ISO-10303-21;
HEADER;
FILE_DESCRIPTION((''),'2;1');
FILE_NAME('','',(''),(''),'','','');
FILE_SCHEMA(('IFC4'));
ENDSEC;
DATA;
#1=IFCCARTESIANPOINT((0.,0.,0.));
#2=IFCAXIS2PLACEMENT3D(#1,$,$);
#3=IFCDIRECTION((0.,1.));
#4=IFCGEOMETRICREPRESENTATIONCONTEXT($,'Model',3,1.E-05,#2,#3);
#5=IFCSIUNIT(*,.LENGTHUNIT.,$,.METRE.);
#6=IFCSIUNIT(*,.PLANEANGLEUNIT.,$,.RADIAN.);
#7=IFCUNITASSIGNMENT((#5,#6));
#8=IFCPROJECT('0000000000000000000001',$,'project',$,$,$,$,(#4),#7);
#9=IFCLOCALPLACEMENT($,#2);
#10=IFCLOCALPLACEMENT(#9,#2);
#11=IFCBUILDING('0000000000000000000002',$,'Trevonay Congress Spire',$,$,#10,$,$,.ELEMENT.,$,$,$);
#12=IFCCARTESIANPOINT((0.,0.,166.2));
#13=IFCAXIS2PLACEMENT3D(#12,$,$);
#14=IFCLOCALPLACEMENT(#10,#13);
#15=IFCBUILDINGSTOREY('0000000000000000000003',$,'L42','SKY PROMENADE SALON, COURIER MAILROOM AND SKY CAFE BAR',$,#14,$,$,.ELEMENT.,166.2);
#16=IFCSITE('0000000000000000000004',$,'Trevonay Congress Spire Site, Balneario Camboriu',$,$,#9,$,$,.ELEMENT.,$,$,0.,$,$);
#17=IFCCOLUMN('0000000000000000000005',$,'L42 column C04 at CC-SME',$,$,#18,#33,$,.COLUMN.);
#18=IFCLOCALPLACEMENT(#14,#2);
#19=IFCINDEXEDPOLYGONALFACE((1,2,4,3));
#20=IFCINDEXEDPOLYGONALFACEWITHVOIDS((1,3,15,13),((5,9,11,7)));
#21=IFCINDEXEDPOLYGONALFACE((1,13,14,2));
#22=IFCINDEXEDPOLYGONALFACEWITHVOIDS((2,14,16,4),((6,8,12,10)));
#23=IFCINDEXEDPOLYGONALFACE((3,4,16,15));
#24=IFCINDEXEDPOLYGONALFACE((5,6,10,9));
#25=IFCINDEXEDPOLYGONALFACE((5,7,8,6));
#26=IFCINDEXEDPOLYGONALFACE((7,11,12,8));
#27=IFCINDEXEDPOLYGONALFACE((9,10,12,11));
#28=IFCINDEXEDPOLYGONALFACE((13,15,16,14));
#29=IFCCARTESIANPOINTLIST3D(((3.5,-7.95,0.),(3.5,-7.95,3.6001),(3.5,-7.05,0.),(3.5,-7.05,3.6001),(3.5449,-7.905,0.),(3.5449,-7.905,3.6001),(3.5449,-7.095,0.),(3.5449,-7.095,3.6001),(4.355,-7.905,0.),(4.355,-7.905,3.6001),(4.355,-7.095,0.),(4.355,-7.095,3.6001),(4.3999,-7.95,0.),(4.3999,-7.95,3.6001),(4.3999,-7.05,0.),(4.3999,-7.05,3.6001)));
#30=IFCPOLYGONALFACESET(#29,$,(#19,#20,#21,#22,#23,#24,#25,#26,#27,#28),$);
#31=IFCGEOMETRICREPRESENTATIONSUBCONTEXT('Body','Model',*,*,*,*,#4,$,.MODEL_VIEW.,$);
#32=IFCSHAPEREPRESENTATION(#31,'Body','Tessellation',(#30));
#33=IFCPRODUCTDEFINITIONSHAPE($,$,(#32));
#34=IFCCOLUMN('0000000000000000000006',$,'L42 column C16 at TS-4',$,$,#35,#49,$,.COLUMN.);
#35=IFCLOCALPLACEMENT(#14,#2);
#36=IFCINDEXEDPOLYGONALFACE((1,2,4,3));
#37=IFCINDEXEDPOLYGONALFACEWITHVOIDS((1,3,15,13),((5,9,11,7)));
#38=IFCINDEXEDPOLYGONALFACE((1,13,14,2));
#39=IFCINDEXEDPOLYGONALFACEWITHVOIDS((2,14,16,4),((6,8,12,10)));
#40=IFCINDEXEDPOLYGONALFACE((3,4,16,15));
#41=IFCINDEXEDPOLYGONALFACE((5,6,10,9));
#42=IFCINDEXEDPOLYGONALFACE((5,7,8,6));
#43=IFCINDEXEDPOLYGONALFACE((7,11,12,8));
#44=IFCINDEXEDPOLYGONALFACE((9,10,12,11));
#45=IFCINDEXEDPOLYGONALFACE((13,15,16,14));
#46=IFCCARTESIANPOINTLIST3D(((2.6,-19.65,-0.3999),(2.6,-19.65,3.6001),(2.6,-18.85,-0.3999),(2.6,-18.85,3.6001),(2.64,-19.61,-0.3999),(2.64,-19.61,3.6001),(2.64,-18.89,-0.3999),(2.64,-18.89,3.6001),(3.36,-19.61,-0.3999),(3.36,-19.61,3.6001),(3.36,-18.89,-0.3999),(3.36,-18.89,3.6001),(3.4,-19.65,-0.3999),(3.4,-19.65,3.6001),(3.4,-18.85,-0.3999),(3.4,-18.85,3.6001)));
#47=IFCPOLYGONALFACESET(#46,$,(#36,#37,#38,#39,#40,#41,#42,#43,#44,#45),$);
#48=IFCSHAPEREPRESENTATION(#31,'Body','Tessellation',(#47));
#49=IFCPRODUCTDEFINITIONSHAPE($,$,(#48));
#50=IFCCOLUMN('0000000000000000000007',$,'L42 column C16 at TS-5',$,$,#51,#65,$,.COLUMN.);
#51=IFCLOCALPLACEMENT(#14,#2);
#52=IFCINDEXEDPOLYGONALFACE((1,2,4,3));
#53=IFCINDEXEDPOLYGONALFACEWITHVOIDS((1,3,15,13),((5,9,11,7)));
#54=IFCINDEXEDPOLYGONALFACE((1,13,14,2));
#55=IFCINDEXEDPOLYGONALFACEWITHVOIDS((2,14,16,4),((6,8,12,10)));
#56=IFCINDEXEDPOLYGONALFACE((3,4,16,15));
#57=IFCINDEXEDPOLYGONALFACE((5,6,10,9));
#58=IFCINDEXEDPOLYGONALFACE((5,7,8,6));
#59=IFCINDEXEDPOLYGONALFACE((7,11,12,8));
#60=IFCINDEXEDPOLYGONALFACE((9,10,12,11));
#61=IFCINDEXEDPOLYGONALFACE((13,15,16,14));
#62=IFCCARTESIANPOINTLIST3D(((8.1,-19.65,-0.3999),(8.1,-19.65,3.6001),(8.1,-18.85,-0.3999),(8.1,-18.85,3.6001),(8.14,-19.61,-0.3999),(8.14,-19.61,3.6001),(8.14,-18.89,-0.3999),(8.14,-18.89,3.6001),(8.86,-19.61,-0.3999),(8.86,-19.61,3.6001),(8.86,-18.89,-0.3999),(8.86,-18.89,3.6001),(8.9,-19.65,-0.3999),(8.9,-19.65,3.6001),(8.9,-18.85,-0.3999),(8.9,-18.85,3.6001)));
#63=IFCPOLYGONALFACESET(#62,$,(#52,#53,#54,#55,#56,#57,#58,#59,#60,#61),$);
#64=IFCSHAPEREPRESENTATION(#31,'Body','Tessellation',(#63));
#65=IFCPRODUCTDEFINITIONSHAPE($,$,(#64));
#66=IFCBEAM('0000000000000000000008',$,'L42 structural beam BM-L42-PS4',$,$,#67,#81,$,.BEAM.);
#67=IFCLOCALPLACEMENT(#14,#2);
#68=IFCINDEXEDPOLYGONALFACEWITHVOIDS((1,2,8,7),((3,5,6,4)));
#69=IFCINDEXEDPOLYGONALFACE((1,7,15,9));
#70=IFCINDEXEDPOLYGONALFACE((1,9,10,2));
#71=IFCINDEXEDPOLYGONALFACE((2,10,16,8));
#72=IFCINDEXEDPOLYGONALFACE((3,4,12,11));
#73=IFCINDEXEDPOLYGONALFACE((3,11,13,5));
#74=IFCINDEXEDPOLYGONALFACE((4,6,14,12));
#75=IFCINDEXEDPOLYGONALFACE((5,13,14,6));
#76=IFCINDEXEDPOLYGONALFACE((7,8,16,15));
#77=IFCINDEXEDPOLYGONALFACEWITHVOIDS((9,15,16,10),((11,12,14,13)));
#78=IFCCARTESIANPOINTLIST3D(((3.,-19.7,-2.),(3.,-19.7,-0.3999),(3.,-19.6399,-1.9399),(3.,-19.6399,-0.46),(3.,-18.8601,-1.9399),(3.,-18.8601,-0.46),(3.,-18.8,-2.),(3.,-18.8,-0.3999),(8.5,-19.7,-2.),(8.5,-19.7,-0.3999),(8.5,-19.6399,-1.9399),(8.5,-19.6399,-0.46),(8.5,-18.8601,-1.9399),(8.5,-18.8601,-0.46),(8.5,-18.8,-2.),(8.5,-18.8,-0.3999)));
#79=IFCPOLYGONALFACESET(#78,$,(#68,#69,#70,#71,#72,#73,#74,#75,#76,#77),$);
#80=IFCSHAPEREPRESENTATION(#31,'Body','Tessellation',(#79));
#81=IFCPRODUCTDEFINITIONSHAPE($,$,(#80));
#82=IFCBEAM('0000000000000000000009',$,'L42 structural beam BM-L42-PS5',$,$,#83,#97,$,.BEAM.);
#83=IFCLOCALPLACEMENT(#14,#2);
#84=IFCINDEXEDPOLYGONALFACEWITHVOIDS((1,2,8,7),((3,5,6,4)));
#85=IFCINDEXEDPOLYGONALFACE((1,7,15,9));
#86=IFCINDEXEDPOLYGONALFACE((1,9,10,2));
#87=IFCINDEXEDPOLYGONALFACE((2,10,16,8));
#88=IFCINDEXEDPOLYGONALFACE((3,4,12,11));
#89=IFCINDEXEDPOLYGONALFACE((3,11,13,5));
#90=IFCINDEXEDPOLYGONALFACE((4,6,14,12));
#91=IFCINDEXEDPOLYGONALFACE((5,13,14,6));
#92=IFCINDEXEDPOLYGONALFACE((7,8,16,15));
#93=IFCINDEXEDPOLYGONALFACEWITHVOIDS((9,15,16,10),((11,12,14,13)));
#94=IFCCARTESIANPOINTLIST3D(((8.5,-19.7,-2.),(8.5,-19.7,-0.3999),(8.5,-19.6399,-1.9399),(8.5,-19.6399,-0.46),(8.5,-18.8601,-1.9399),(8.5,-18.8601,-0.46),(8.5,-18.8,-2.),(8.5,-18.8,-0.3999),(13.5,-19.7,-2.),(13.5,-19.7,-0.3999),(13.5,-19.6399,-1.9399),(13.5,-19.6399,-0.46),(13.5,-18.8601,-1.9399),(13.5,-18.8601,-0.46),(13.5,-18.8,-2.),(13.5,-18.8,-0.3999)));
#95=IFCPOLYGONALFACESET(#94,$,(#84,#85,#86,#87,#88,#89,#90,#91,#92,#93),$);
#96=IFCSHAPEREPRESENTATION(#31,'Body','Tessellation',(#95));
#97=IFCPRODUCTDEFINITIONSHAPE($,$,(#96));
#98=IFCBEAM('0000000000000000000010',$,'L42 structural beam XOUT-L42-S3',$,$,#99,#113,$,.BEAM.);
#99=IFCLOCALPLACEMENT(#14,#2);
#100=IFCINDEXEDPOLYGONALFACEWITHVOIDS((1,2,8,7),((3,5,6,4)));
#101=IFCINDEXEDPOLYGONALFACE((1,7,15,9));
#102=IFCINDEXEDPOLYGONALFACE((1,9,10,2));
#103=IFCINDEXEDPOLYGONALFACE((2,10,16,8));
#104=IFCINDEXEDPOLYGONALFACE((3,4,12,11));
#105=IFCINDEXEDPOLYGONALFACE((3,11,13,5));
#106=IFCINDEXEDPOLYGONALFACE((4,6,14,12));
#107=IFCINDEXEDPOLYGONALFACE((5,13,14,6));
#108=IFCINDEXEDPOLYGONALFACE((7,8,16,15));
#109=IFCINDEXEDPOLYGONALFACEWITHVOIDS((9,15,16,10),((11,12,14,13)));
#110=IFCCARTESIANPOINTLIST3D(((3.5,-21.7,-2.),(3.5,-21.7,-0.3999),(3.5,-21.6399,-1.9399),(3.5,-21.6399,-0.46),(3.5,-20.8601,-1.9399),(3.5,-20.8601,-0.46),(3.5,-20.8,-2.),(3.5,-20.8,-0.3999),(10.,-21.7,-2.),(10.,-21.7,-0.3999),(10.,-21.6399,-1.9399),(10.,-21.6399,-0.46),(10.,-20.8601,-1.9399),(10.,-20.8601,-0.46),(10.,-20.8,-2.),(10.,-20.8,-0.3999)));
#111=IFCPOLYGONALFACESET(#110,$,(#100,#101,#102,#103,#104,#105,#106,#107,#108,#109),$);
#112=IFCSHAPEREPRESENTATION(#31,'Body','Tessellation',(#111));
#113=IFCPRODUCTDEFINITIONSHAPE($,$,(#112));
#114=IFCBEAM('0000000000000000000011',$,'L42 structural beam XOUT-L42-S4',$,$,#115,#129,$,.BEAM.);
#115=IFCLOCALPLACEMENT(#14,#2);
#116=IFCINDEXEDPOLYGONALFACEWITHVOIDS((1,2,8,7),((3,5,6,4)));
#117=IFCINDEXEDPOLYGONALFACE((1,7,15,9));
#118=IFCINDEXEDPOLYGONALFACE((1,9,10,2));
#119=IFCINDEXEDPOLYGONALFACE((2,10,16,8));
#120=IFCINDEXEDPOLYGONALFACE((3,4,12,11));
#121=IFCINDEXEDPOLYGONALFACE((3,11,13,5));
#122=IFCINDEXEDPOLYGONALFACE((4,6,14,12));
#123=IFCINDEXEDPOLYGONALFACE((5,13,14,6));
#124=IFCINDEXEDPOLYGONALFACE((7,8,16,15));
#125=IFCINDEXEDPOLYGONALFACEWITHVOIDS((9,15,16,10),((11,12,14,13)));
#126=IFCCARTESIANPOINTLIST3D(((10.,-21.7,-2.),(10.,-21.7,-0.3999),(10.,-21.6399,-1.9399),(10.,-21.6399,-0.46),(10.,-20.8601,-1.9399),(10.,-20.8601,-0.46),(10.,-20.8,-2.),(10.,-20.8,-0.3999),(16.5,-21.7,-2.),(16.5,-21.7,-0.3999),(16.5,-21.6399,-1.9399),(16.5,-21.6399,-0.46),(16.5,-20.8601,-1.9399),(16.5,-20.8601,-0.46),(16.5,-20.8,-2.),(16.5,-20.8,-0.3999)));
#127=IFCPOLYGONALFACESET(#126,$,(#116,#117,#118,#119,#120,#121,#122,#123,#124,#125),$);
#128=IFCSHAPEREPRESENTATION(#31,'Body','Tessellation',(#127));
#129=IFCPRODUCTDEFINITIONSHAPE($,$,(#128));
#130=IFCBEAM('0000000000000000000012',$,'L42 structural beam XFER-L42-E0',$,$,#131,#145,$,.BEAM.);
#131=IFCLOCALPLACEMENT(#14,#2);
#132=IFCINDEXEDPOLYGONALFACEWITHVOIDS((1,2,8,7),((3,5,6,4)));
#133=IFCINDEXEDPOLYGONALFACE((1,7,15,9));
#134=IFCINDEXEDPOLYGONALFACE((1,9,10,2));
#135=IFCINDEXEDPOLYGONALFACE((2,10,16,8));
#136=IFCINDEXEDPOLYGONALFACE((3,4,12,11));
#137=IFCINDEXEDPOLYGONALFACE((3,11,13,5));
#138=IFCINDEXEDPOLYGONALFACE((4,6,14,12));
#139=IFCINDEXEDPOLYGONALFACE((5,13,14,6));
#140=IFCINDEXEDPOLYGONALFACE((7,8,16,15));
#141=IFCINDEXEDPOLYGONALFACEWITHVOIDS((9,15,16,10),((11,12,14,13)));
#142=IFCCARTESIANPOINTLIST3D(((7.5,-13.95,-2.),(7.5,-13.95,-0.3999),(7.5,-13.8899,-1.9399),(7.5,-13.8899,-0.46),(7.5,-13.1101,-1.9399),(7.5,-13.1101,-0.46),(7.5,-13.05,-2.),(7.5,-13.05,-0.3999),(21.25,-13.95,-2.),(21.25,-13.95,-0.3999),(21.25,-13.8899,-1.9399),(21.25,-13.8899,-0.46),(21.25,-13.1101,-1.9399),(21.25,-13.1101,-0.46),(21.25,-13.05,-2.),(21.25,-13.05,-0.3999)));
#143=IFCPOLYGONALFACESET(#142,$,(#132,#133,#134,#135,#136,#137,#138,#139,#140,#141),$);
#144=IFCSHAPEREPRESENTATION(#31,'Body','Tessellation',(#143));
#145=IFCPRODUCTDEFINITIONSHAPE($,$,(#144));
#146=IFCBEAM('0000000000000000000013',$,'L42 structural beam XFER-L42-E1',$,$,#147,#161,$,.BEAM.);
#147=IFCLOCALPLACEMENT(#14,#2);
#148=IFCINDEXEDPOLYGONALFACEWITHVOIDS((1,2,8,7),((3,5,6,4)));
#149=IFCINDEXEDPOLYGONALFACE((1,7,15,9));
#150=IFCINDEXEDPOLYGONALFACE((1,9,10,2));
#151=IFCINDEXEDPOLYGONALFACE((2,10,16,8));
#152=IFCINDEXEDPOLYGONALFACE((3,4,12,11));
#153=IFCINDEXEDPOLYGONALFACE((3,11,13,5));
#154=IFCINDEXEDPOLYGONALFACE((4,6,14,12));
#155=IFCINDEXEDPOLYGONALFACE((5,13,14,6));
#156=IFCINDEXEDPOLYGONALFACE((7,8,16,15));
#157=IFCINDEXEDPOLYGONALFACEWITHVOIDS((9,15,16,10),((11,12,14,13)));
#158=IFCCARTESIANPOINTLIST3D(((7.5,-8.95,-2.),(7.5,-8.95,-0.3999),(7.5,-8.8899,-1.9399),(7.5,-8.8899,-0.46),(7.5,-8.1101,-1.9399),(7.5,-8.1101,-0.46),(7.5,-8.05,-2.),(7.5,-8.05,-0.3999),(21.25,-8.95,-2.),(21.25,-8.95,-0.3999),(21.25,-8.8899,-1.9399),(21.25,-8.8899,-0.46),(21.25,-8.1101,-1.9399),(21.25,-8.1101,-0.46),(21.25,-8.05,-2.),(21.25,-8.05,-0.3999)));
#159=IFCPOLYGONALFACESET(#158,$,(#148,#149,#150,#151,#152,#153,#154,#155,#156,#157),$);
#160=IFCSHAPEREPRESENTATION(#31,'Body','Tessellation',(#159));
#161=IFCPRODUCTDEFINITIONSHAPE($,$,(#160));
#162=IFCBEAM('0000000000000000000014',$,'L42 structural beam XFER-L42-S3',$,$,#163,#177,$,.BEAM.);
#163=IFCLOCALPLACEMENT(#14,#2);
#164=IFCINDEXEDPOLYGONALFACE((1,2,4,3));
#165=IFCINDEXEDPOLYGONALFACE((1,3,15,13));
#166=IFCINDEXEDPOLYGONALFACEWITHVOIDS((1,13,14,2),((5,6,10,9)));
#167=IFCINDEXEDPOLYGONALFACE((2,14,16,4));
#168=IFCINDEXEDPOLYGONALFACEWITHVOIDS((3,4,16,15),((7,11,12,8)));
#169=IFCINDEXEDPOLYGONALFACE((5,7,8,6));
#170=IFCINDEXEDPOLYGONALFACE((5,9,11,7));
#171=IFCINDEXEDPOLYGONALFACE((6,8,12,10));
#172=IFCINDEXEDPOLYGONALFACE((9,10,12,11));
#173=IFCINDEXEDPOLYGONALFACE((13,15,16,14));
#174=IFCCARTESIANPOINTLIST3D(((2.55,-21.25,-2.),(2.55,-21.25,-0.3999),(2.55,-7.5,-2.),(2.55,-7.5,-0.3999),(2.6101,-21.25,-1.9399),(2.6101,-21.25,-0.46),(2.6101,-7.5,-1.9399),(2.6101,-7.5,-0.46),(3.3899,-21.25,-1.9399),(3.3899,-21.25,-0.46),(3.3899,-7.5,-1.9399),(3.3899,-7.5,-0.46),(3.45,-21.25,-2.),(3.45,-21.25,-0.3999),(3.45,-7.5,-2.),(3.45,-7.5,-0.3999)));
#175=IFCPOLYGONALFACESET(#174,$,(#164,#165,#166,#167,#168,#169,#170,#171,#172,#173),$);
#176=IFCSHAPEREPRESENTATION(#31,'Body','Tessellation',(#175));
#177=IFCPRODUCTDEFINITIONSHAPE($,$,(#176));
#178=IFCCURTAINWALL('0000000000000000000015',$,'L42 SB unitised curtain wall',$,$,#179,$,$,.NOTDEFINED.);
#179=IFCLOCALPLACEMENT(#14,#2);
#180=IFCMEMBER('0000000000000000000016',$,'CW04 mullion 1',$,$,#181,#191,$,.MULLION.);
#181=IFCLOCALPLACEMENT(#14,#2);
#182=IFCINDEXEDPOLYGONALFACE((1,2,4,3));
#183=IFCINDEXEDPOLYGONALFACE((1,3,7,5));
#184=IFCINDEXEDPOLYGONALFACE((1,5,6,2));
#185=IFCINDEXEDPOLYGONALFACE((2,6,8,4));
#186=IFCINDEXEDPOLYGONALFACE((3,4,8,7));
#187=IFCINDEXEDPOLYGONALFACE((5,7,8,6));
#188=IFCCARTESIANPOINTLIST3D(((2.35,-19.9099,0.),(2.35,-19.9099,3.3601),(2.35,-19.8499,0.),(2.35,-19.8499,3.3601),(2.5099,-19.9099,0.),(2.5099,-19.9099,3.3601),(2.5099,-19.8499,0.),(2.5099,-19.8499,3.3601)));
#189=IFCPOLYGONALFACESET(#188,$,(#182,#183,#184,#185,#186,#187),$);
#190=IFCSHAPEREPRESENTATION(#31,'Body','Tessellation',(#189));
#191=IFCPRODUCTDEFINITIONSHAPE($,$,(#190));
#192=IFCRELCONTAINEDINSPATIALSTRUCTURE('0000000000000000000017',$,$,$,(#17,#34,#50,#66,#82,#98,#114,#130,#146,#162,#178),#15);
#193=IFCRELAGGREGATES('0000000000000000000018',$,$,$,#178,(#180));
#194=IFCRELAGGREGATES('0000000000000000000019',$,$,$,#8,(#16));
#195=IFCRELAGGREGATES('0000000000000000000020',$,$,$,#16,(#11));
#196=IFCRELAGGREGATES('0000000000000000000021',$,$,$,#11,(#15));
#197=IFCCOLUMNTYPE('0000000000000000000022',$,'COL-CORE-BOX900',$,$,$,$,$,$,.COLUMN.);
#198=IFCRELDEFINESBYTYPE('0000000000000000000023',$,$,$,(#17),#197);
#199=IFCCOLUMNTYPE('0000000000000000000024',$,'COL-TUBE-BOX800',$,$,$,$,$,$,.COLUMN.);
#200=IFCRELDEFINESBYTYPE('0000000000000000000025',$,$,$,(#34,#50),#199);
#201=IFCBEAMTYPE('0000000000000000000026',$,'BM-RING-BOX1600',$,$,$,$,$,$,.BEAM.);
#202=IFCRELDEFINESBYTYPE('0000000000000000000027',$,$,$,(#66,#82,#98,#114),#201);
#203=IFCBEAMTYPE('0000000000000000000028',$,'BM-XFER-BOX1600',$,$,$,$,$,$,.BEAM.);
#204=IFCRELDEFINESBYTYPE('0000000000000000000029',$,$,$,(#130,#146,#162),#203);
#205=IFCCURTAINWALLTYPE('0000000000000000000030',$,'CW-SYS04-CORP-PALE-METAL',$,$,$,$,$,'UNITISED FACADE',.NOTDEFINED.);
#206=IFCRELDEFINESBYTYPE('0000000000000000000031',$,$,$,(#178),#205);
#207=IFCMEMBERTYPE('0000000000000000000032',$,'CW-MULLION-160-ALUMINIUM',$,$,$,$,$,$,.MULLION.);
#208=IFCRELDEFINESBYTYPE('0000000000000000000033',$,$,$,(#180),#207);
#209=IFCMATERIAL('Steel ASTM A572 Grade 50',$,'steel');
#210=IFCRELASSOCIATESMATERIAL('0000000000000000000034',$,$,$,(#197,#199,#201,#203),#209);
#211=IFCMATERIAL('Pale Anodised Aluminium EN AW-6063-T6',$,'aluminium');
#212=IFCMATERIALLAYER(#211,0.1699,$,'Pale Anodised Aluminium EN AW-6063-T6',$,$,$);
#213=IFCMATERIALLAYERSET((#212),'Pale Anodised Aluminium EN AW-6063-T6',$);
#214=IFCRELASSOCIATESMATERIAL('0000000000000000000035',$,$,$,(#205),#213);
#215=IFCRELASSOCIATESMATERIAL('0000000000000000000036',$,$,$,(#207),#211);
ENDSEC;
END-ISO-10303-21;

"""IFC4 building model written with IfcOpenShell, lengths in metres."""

from ifc_helpers import new_model, si_unit, direction, frame, origin, origin_2d, place, context, subcontext, project, spatial, rectangle, hollow_rectangle, extrude, material, layer, layer_set, material_profile, profile_set, type_object, element, aggregate, save


model = new_model("IFC4")

# Units and contexts
model_context = context("Model", 3, precision=1e-05, world=origin(), true_north=direction((0.0, 1.0)))
body_context = subcontext(model_context, "Body", "Model", "MODEL_VIEW")
ifc_project = project(units=[si_unit("LENGTHUNIT", "METRE"), si_unit("PLANEANGLEUNIT", "RADIAN")], contexts=[model_context])

# Site, building, storey
site_placement = place(None, origin())
site = spatial("IfcSite", under=ifc_project, at=site_placement, Name="Trevonay Congress Spire Site, Balneario Camboriu", CompositionType="ELEMENT", RefElevation=0.0)
building_placement = place(site_placement, origin())
building = spatial("IfcBuilding", under=site, at=building_placement, Name="Trevonay Congress Spire", CompositionType="ELEMENT")
storey_placement = place(building_placement, frame((0.0, 0.0, 166.2)))
storey = spatial("IfcBuildingStorey", under=building, at=storey_placement, Name="L42", Description="SKY PROMENADE SALON, COURIER MAILROOM AND SKY CAFE BAR", CompositionType="ELEMENT", Elevation=166.2)

# Columns
ifc_material_1 = material(Name="Steel ASTM A572 Grade 50", Category="steel")
ifc_material_profile_1 = material_profile(ifc_material_1, hollow_rectangle(XDim=0.8999, YDim=0.8999, WallThickness=0.0449, at=origin_2d()), Name="BOX 900x900x45")
ifc_profile_set_1 = profile_set([ifc_material_profile_1], Name="Steel ASTM A572 Grade 50")
column_type_1 = type_object("IfcColumnType", Name="COL-CORE-BOX900", PredefinedType="COLUMN", material=ifc_profile_set_1)
column_placement = place(storey_placement, frame((3.95, -7.5, 0.0), z_axis=(0.0, 0.0, 1.0), x_axis=(1.0, 0.0, 0.0)))
element("IfcColumn", 1, at=column_placement, inside=storey, type_object=column_type_1, Name="L42 column C04 at CC-SME", PredefinedType="COLUMN", context=body_context, shape_type="SweptSolid", body=[
    extrude(hollow_rectangle(XDim=0.8999, YDim=0.8999, WallThickness=0.0449, at=origin_2d()), origin(), (0.0, 0.0, 1.0), 3.6001),
])
ifc_material_profile_2 = material_profile(ifc_material_1, hollow_rectangle(XDim=0.8, YDim=0.8, WallThickness=0.04, at=origin_2d()), Name="BOX 800x800x40")
ifc_profile_set_2 = profile_set([ifc_material_profile_2], Name="Steel ASTM A572 Grade 50")
column_type_2 = type_object("IfcColumnType", Name="COL-TUBE-BOX800", PredefinedType="COLUMN", material=ifc_profile_set_2)
for number, where, z_axis, x_axis, name in (
    (2, (3.0, -19.25, -0.3999), (0.0, 0.0, 1.0), (1.0, 0.0, 0.0), "L42 column C16 at TS-4"),
    (3, (8.5, -19.25, -0.3999), (0.0, 0.0, 1.0), (1.0, 0.0, 0.0), "L42 column C16 at TS-5"),
):
    element("IfcColumn", number, at=place(storey_placement, frame(where, z_axis=z_axis, x_axis=x_axis)), inside=storey, type_object=column_type_2, Name=name, PredefinedType="COLUMN", context=body_context, shape_type="SweptSolid", body=[
        extrude(hollow_rectangle(XDim=0.8, YDim=0.8, WallThickness=0.04, at=origin_2d()), origin(), (0.0, 0.0, 1.0), 4.0),
    ])

# Beams
ifc_material_profile_3 = material_profile(ifc_material_1, hollow_rectangle(XDim=0.8999, YDim=1.6001, WallThickness=0.0601, at=origin_2d()), Name="BOX 1600x900x60")
ifc_profile_set_3 = profile_set([ifc_material_profile_3], Name="Steel ASTM A572 Grade 50")
beam_type_1 = type_object("IfcBeamType", Name="BM-RING-BOX1600", PredefinedType="BEAM", material=ifc_profile_set_3)
beam_1_placement = place(storey_placement, frame((3.0, -19.25, -1.2), z_axis=(1.0, 0.0, 0.0), x_axis=(0.0, 1.0, 0.0)))
element("IfcBeam", 4, at=beam_1_placement, inside=storey, type_object=beam_type_1, Name="L42 structural beam BM-L42-PS4", PredefinedType="BEAM", context=body_context, shape_type="SweptSolid", body=[
    extrude(hollow_rectangle(XDim=0.8999, YDim=1.6001, WallThickness=0.0601, at=origin_2d()), origin(), (0.0, 0.0, 1.0), 5.5),
])
beam_2_placement = place(storey_placement, frame((8.5, -19.25, -1.2), z_axis=(1.0, 0.0, 0.0), x_axis=(0.0, 1.0, 0.0)))
element("IfcBeam", 5, at=beam_2_placement, inside=storey, type_object=beam_type_1, Name="L42 structural beam BM-L42-PS5", PredefinedType="BEAM", context=body_context, shape_type="SweptSolid", body=[
    extrude(hollow_rectangle(XDim=0.8999, YDim=1.6001, WallThickness=0.0601, at=origin_2d()), origin(), (0.0, 0.0, 1.0), 5.0),
])
for number, where, z_axis, x_axis, name in (
    (6, (3.5, -21.25, -1.2), (1.0, 0.0, 0.0), (0.0, 1.0, 0.0), "L42 structural beam XOUT-L42-S3"),
    (7, (10.0, -21.25, -1.2), (1.0, 0.0, 0.0), (0.0, 1.0, 0.0), "L42 structural beam XOUT-L42-S4"),
):
    element("IfcBeam", number, at=place(storey_placement, frame(where, z_axis=z_axis, x_axis=x_axis)), inside=storey, type_object=beam_type_1, Name=name, PredefinedType="BEAM", context=body_context, shape_type="SweptSolid", body=[
        extrude(hollow_rectangle(XDim=0.8999, YDim=1.6001, WallThickness=0.0601, at=origin_2d()), origin(), (0.0, 0.0, 1.0), 6.5),
    ])
ifc_material_profile_4 = material_profile(ifc_material_1, hollow_rectangle(XDim=0.8999, YDim=1.6001, WallThickness=0.0601, at=origin_2d()), Name="BOX 1600x900x60")
ifc_profile_set_4 = profile_set([ifc_material_profile_4], Name="Steel ASTM A572 Grade 50")
beam_type_2 = type_object("IfcBeamType", Name="BM-XFER-BOX1600", PredefinedType="BEAM", material=ifc_profile_set_4)
for number, where, z_axis, x_axis, name in (
    (8, (7.5, -13.5, -1.2), (1.0, 0.0, 0.0), (0.0, 1.0, 0.0), "L42 structural beam XFER-L42-E0"),
    (9, (7.5, -8.5, -1.2), (1.0, 0.0, 0.0), (0.0, 1.0, 0.0), "L42 structural beam XFER-L42-E1"),
    (10, (3.0, -7.5, -1.2), (0.0, -1.0, 0.0), (1.0, 0.0, 0.0), "L42 structural beam XFER-L42-S3"),
):
    element("IfcBeam", number, at=place(storey_placement, frame(where, z_axis=z_axis, x_axis=x_axis)), inside=storey, type_object=beam_type_2, Name=name, PredefinedType="BEAM", context=body_context, shape_type="SweptSolid", body=[
        extrude(hollow_rectangle(XDim=0.8999, YDim=1.6001, WallThickness=0.0601, at=origin_2d()), origin(), (0.0, 0.0, 1.0), 13.75),
    ])

# Curtain wall, member
ifc_material_2 = material(Name="Pale Anodised Aluminium EN AW-6063-T6", Category="aluminium")
ifc_layer_1 = layer(ifc_material_2, 0.1699, Name="Pale Anodised Aluminium EN AW-6063-T6")
ifc_layer_set_1 = layer_set([ifc_layer_1], Name="Pale Anodised Aluminium EN AW-6063-T6")
curtain_wall_type = type_object("IfcCurtainWallType", Name="CW-SYS04-CORP-PALE-METAL", ElementType="UNITISED FACADE", PredefinedType="NOTDEFINED", material=ifc_layer_set_1)
curtain_wall_placement = place(storey_placement, origin())
curtain_wall = element("IfcCurtainWall", 11, at=curtain_wall_placement, inside=storey, type_object=curtain_wall_type, Name="L42 SB unitised curtain wall", PredefinedType="NOTDEFINED")
ifc_material_profile_5 = material_profile(ifc_material_2, rectangle(XDim=0.0601, YDim=0.1599, at=origin_2d()), Name="CW-MULLION-160-ALUMINIUM")
ifc_profile_set_5 = profile_set([ifc_material_profile_5], Name="Pale Anodised Aluminium EN AW-6063-T6")
member_type_1 = type_object("IfcMemberType", Name="CW-MULLION-160-ALUMINIUM", PredefinedType="MULLION", material=ifc_profile_set_5)
member_1_placement = place(storey_placement, frame((2.4299, -19.8799, 0.0), z_axis=(0.0, 0.0, 1.0), x_axis=(0.0, 1.0, 0.0)))
member_1 = element("IfcMember", 12, at=member_1_placement, type_object=member_type_1, Name="CW04 mullion 1", PredefinedType="MULLION", context=body_context, shape_type="SweptSolid", body=[
    extrude(rectangle(XDim=0.0601, YDim=0.1599, at=origin_2d()), origin(), (0.0, 0.0, 1.0), 3.3601),
])

aggregate(curtain_wall, [member_1])

save(model, "model.ifc")
